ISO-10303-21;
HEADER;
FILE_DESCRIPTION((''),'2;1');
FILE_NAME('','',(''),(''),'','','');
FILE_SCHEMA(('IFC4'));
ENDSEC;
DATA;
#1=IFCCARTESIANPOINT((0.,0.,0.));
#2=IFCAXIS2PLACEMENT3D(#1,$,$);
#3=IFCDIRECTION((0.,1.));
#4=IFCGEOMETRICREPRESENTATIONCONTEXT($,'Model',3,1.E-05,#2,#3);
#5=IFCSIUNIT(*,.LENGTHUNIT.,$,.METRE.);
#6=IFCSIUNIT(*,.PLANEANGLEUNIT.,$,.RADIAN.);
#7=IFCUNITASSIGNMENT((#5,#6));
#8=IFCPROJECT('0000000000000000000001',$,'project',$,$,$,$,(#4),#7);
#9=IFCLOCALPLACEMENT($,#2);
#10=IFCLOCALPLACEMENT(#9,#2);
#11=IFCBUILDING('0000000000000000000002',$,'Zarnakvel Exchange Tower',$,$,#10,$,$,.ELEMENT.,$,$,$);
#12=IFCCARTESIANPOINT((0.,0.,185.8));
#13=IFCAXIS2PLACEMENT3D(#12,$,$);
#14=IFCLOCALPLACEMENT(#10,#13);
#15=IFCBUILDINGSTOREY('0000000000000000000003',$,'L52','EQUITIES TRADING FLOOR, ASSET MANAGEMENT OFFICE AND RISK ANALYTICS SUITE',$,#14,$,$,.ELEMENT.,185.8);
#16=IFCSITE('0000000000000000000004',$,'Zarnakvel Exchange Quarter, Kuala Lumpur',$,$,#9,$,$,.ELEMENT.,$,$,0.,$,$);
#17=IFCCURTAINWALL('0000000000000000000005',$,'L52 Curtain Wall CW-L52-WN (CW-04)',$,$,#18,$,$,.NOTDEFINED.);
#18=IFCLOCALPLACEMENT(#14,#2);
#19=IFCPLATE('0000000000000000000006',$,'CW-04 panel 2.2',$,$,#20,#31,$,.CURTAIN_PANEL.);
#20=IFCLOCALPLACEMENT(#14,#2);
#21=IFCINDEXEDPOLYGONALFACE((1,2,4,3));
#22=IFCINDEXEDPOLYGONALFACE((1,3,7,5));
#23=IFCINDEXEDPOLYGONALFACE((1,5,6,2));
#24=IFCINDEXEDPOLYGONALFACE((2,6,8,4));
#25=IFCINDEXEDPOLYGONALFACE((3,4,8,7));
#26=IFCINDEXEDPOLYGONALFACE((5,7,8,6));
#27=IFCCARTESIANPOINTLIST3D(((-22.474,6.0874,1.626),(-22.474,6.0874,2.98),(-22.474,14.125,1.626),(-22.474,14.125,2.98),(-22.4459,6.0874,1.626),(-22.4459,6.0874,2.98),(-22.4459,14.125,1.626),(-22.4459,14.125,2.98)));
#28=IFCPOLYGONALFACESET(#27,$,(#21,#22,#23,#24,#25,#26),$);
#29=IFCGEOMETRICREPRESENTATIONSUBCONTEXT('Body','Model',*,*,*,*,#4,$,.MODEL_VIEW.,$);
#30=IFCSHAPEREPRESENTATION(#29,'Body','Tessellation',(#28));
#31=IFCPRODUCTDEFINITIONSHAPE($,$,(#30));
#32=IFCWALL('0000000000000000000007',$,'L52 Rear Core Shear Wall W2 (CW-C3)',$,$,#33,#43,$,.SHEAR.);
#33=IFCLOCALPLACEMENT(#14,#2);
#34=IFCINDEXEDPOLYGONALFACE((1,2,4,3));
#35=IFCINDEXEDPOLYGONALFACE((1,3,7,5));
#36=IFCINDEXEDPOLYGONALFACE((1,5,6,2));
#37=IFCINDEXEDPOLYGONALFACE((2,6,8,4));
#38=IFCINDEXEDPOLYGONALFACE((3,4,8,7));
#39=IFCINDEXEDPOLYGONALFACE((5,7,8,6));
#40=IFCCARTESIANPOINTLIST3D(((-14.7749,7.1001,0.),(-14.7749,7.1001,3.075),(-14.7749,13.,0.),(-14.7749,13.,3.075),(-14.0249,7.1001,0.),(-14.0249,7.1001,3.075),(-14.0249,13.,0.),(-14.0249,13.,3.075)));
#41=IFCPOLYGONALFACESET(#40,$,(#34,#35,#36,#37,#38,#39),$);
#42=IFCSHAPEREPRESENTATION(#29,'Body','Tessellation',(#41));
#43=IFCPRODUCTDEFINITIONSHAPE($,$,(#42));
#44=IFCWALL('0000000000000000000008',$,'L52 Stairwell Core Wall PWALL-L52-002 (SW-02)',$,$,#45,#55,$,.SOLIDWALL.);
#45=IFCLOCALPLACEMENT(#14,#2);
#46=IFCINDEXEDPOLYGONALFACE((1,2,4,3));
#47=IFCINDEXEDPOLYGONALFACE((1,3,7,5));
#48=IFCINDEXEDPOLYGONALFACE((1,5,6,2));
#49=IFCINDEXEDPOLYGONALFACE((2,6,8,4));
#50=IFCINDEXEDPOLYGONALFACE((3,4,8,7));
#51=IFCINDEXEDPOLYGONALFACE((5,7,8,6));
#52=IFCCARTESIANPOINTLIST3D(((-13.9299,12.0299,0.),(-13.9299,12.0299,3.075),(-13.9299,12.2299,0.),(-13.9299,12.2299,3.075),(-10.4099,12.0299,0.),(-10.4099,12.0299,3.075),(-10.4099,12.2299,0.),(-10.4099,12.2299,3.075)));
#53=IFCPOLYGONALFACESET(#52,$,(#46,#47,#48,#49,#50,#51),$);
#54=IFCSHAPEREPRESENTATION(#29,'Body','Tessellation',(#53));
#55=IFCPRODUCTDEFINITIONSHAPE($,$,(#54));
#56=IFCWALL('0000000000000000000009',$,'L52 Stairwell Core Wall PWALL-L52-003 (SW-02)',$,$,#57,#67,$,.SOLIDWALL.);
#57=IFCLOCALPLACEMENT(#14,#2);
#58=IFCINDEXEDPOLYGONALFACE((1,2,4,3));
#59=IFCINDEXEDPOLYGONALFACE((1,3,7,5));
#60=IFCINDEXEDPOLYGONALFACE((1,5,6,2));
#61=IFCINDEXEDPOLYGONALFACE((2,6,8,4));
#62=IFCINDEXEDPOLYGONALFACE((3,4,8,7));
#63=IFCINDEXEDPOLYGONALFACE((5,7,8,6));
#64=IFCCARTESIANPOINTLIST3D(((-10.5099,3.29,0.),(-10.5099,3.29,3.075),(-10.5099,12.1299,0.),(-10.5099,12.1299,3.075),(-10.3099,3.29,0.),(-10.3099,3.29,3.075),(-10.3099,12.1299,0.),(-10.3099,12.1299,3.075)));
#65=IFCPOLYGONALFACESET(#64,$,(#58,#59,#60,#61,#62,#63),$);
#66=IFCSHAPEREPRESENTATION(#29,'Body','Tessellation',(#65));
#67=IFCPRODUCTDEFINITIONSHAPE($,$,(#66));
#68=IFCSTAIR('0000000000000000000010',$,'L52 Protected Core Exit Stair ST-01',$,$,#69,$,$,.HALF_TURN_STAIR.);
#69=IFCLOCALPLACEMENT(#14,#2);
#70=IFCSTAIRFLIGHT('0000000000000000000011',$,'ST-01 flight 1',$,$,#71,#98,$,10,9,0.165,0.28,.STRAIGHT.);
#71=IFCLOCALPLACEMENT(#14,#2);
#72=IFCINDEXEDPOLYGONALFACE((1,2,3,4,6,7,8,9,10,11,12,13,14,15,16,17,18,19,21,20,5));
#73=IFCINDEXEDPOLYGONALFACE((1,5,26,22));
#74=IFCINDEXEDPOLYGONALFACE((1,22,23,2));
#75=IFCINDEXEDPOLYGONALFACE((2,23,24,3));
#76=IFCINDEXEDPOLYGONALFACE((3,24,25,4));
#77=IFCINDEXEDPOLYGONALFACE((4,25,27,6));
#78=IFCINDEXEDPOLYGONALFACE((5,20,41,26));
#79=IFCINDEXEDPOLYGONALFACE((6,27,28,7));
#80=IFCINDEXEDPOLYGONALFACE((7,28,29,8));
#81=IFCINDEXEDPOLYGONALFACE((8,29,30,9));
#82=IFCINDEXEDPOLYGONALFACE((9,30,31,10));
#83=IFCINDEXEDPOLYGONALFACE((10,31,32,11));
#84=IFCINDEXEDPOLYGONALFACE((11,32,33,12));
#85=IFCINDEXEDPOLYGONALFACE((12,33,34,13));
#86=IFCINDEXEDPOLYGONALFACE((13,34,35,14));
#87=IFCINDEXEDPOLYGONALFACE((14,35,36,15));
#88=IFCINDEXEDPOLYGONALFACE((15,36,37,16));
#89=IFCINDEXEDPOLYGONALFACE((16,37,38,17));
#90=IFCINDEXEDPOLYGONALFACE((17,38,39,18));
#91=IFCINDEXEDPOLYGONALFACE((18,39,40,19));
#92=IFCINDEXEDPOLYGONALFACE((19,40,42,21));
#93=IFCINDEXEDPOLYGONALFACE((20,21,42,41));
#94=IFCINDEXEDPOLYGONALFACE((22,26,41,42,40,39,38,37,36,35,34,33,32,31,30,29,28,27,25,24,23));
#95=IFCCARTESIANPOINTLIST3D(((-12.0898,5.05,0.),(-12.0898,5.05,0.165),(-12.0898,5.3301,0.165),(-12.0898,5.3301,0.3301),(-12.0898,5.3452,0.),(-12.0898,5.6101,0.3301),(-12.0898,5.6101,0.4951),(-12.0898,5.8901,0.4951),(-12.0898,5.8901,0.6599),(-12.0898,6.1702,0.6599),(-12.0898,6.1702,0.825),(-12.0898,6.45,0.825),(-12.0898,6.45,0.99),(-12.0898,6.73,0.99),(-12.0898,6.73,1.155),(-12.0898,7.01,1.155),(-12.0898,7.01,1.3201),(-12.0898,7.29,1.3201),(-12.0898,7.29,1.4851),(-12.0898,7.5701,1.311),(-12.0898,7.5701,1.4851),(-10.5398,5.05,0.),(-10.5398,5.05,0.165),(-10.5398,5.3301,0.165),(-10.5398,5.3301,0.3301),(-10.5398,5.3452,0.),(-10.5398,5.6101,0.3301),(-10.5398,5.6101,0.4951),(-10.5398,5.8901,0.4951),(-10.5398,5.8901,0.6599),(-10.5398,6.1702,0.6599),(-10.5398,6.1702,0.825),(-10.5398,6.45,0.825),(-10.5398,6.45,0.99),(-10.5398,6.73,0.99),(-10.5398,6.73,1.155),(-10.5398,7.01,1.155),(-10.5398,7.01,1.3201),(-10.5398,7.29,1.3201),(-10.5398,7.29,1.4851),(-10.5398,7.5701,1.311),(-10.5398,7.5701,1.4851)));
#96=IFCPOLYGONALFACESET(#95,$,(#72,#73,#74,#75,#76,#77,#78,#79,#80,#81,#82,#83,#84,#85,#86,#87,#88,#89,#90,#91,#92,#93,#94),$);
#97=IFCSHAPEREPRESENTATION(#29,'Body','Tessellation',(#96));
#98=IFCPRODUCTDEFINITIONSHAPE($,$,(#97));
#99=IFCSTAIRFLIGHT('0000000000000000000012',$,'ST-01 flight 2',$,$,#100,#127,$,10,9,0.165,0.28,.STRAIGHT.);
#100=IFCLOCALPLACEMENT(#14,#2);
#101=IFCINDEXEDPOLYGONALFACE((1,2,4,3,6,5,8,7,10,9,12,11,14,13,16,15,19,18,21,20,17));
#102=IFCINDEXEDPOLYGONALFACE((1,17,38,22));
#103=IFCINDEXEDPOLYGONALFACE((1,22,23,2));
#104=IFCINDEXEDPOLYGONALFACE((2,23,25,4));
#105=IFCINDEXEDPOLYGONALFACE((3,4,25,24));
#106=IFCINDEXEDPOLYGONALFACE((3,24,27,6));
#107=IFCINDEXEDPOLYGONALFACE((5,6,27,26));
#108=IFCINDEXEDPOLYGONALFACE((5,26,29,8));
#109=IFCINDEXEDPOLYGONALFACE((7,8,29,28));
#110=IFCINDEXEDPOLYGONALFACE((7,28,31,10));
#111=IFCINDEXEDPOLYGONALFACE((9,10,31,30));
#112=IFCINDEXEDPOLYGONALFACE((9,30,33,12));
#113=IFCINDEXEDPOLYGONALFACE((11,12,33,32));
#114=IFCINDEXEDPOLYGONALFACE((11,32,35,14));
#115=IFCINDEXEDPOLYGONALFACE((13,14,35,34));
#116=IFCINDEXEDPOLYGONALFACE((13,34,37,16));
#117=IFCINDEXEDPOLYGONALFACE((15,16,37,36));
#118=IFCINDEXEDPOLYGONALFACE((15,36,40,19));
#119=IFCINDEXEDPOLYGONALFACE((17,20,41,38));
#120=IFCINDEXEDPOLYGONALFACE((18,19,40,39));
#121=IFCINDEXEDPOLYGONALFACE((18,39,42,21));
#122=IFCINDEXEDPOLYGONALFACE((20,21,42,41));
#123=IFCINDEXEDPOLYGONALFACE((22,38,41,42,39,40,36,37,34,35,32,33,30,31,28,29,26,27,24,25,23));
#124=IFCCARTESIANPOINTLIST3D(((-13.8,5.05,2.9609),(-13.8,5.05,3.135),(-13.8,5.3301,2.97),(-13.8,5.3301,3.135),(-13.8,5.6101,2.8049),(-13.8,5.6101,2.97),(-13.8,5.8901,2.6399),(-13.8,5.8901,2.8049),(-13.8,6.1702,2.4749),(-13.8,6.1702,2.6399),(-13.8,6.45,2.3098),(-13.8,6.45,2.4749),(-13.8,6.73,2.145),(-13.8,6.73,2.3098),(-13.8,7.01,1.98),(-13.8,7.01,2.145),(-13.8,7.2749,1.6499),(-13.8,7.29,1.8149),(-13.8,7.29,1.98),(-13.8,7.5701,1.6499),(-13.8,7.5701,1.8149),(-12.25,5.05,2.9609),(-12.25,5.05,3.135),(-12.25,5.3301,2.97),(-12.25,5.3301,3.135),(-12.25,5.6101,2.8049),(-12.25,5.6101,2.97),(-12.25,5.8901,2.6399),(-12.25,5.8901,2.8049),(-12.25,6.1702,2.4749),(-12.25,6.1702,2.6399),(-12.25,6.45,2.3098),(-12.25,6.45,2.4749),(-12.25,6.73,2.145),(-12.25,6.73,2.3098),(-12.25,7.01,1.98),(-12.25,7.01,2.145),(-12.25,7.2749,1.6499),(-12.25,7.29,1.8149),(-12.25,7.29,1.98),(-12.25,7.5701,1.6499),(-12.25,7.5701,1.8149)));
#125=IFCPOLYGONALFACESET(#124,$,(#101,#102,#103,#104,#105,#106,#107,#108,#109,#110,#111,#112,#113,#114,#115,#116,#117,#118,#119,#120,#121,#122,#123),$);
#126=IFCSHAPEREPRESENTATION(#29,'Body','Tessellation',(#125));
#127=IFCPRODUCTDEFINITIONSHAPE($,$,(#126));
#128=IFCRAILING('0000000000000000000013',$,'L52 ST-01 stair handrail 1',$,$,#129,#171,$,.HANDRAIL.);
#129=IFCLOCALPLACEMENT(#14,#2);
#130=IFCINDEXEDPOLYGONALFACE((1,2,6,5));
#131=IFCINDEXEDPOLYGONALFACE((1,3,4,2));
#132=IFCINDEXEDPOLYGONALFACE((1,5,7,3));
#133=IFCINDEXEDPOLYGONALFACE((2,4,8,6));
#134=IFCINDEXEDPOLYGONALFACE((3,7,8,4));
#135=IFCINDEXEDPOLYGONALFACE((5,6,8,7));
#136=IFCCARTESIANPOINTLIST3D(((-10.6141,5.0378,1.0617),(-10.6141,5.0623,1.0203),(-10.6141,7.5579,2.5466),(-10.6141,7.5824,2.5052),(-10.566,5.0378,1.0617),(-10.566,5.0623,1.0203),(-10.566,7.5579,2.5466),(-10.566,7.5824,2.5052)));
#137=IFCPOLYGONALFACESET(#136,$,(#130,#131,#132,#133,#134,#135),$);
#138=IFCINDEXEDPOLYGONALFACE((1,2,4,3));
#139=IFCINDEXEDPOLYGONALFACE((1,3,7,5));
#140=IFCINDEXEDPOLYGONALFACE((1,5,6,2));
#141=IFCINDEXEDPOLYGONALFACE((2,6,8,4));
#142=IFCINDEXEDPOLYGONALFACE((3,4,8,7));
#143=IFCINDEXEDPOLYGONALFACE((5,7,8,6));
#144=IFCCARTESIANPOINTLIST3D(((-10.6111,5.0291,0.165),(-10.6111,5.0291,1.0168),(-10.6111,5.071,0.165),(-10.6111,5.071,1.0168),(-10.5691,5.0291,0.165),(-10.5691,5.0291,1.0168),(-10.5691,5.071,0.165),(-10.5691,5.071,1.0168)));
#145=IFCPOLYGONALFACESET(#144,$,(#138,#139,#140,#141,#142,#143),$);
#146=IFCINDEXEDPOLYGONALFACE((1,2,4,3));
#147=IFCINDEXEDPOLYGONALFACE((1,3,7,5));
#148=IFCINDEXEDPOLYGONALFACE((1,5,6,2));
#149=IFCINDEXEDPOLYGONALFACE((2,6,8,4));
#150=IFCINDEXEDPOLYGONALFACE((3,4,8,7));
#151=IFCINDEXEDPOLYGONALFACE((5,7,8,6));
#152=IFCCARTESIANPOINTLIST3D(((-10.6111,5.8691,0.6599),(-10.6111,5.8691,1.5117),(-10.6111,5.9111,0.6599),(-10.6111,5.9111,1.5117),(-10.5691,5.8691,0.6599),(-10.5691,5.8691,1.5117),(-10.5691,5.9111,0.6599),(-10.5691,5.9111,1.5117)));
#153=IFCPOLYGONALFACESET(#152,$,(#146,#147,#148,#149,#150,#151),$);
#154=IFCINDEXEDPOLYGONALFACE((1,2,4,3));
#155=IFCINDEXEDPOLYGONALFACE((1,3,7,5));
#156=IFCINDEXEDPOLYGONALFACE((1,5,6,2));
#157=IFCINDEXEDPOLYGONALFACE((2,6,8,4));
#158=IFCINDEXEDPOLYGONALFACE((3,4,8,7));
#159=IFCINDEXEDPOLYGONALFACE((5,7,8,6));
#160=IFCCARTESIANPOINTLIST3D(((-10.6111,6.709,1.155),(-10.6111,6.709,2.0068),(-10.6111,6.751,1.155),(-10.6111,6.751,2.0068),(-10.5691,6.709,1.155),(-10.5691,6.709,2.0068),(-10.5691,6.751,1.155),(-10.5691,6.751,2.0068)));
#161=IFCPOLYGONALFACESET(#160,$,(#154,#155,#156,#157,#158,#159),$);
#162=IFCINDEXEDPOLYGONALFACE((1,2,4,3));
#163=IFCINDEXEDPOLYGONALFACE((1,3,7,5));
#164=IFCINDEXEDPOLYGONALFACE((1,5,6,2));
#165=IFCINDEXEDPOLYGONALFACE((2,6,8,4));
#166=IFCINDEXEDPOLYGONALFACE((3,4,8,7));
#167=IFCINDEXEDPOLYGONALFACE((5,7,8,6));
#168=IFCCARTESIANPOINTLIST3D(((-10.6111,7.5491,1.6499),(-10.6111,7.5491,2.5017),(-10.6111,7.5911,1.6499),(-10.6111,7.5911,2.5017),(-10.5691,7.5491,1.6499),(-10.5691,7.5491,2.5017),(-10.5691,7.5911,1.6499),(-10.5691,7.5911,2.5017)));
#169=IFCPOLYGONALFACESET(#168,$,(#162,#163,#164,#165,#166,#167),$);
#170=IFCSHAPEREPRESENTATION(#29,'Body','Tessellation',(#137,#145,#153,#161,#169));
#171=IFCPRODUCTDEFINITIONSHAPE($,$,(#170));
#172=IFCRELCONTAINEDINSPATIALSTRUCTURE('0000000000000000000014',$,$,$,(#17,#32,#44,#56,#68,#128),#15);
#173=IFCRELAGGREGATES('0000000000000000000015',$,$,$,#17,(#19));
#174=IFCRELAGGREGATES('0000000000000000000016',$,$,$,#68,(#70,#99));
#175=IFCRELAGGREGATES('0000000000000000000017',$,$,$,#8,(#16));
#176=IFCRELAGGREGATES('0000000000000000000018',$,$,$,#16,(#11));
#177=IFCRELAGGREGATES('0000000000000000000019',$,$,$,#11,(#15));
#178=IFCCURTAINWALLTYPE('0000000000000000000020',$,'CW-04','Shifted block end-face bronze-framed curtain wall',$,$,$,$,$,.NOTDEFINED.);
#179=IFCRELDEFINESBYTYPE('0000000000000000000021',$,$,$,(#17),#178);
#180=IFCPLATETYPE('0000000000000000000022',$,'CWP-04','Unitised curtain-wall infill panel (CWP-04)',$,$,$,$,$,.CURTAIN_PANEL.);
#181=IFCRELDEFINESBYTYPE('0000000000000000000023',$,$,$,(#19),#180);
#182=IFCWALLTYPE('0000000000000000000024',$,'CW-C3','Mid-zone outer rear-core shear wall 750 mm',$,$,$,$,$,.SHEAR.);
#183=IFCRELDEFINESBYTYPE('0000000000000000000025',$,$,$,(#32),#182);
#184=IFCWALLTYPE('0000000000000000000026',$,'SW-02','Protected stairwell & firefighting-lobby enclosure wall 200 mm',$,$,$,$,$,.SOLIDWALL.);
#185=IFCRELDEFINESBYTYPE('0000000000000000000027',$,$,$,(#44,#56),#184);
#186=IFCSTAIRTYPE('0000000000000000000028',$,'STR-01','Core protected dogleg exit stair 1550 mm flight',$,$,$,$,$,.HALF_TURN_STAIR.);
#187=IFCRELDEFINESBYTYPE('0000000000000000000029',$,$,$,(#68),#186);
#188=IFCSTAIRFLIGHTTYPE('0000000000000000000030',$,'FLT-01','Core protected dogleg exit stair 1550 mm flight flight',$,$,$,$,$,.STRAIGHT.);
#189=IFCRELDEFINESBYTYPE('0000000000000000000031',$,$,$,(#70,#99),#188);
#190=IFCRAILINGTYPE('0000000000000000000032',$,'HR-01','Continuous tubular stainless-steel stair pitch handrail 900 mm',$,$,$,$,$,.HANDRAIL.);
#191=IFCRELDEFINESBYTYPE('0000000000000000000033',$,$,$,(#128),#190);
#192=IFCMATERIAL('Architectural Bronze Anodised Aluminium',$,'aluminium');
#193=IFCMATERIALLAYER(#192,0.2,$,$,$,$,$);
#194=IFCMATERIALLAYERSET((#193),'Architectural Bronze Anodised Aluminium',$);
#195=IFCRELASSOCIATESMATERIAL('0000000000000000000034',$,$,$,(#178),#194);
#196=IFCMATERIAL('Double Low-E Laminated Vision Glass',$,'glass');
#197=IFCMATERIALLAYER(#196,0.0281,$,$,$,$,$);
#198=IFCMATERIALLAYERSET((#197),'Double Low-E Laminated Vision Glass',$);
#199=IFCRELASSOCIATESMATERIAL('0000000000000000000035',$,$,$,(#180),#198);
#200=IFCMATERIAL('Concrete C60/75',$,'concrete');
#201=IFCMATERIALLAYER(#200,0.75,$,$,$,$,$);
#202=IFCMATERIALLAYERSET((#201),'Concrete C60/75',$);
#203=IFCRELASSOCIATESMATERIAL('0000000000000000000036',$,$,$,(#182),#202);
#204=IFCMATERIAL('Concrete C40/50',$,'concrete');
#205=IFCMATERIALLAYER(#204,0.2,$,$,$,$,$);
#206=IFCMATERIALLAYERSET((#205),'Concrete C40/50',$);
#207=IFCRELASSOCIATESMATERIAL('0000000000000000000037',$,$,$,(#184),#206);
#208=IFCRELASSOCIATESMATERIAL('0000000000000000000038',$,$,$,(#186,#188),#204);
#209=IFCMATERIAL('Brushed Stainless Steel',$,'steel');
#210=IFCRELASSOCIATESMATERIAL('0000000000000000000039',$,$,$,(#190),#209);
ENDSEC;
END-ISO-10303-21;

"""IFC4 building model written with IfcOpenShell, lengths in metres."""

from ifc_helpers import new_model, si_unit, direction, frame, frame_2d, origin, origin_2d, place, context, subcontext, project, spatial, polyline, rectangle, outline, extrude, source, transform, mapped, material, layer, layer_set, type_object, element, aggregate, save


model = new_model("IFC4")

# Units and contexts
model_context = context("Model", 3, precision=1e-05, world=origin(), true_north=direction((0.0, 1.0)))
body_context = subcontext(model_context, "Body", "Model", "MODEL_VIEW")
ifc_project = project(units=[si_unit("LENGTHUNIT", "METRE"), si_unit("PLANEANGLEUNIT", "RADIAN")], contexts=[model_context])

# Site, building, storey
site_placement = place(None, origin())
site = spatial("IfcSite", under=ifc_project, at=site_placement, Name="Zarnakvel Exchange Quarter, Kuala Lumpur", CompositionType="ELEMENT", RefElevation=0.0)
building_placement = place(site_placement, origin())
building = spatial("IfcBuilding", under=site, at=building_placement, Name="Zarnakvel Exchange Tower", CompositionType="ELEMENT")
storey_placement = place(building_placement, frame((0.0, 0.0, 185.8)))
storey = spatial("IfcBuildingStorey", under=building, at=storey_placement, Name="L52", Description="EQUITIES TRADING FLOOR, ASSET MANAGEMENT OFFICE AND RISK ANALYTICS SUITE", CompositionType="ELEMENT", Elevation=185.8)

# Shared definitions
ifc_material_1 = material(Name="Concrete C60/75", Category="concrete")

# Curtain wall, plate
ifc_material_2 = material(Name="Architectural Bronze Anodised Aluminium", Category="aluminium")
ifc_layer_1 = layer(ifc_material_2, 0.2)
ifc_layer_set_1 = layer_set([ifc_layer_1], Name="Architectural Bronze Anodised Aluminium")
curtain_wall_type = type_object("IfcCurtainWallType", Name="CW-04", Description="Shifted block end-face bronze-framed curtain wall", PredefinedType="NOTDEFINED", material=ifc_layer_set_1)
curtain_wall_placement = place(storey_placement, origin())
curtain_wall = element("IfcCurtainWall", 1, at=curtain_wall_placement, inside=storey, type_object=curtain_wall_type, Name="L52 Curtain Wall CW-L52-WN (CW-04)", PredefinedType="NOTDEFINED")
ifc_material_3 = material(Name="Double Low-E Laminated Vision Glass", Category="glass")
ifc_layer_2 = layer(ifc_material_3, 0.0281)
ifc_layer_set_2 = layer_set([ifc_layer_2], Name="Double Low-E Laminated Vision Glass")
plate_type = type_object("IfcPlateType", Name="CWP-04", Description="Unitised curtain-wall infill panel (CWP-04)", PredefinedType="CURTAIN_PANEL", material=ifc_layer_set_2)
shared_shape_1 = source(origin(), body_context, "Body", "SweptSolid", [
    extrude(rectangle(XDim=8.0376, YDim=0.0281, at=origin_2d()), origin(), (0.0, 0.0, 1.0), 1.354),
])
plate_1_placement = place(storey_placement, frame((-22.46, 10.1062, 1.626), z_axis=(0.0, 0.0, 1.0), x_axis=(0.0, 1.0, 0.0)))
plate_1 = element("IfcPlate", 2, at=plate_1_placement, type_object=plate_type, Name="CW-04 panel 2.2", PredefinedType="CURTAIN_PANEL", context=body_context, shape_type="MappedRepresentation", body=[
    mapped(shared_shape_1, transform((0.0, 0.0, 0.0), x_axis=(1.0, 0.0, 0.0), y_axis=(0.0, 1.0, 0.0), z_axis=(0.0, 0.0, 1.0), scale=1.0)),
])
aggregate(curtain_wall, [plate_1])

# Wall
ifc_layer_3 = layer(ifc_material_1, 0.75)
ifc_layer_set_3 = layer_set([ifc_layer_3], Name="Concrete C60/75")
wall_type_1 = type_object("IfcWallType", Name="CW-C3", Description="Mid-zone outer rear-core shear wall 750 mm", PredefinedType="SHEAR", material=ifc_layer_set_3)
wall_1_placement = place(storey_placement, frame((-14.3999, 7.1001, 0.0), z_axis=(0.0, 0.0, 1.0), x_axis=(0.0, 1.0, 0.0)))
element("IfcWall", 3, at=wall_1_placement, inside=storey, type_object=wall_type_1, Name="L52 Rear Core Shear Wall W2 (CW-C3)", PredefinedType="SHEAR", context=body_context, shape_type="SweptSolid", body=[
    extrude(rectangle(XDim=5.8999, YDim=0.75, at=frame_2d((2.95, 0.0))), origin(), (0.0, 0.0, 1.0), 3.075),
])

# Shared definitions
ifc_material_4 = material(Name="Concrete C40/50", Category="concrete")
ifc_layer_4 = layer(ifc_material_4, 0.2)
ifc_layer_set_4 = layer_set([ifc_layer_4], Name="Concrete C40/50")
wall_type_2 = type_object("IfcWallType", Name="SW-02", Description="Protected stairwell & firefighting-lobby enclosure wall 200 mm", PredefinedType="SOLIDWALL", material=ifc_layer_set_4)

# Walls
wall_2_placement = place(storey_placement, frame((-13.9299, 12.1299, 0.0), z_axis=(0.0, 0.0, 1.0), x_axis=(1.0, 0.0, 0.0)))
element("IfcWall", 4, at=wall_2_placement, inside=storey, type_object=wall_type_2, Name="L52 Stairwell Core Wall PWALL-L52-002 (SW-02)", PredefinedType="SOLIDWALL", context=body_context, shape_type="SweptSolid", body=[
    extrude(rectangle(XDim=3.52, YDim=0.2, at=frame_2d((1.76, 0.0))), origin(), (0.0, 0.0, 1.0), 3.075),
])
wall_3_placement = place(storey_placement, frame((-10.4099, 12.1299, 0.0), z_axis=(0.0, 0.0, 1.0), x_axis=(0.0, -1.0, 0.0)))
element("IfcWall", 5, at=wall_3_placement, inside=storey, type_object=wall_type_2, Name="L52 Stairwell Core Wall PWALL-L52-003 (SW-02)", PredefinedType="SOLIDWALL", context=body_context, shape_type="SweptSolid", body=[
    extrude(rectangle(XDim=8.8398, YDim=0.2, at=frame_2d((4.4199, 0.0))), origin(), (0.0, 0.0, 1.0), 3.075),
])

# Stair, stair flights
stair_type = type_object("IfcStairType", Name="STR-01", Description="Core protected dogleg exit stair 1550 mm flight", PredefinedType="HALF_TURN_STAIR", material=ifc_material_4)
stair_placement = place(storey_placement, origin())
stair = element("IfcStair", 6, at=stair_placement, inside=storey, type_object=stair_type, Name="L52 Protected Core Exit Stair ST-01", PredefinedType="HALF_TURN_STAIR")
stair_flight_type = type_object("IfcStairFlightType", Name="FLT-01", Description="Core protected dogleg exit stair 1550 mm flight flight", PredefinedType="STRAIGHT", material=ifc_material_4)
stair_flight_1_placement = place(storey_placement, frame((-11.3149, 5.05, 0.0), z_axis=(0.0, 0.0, 1.0), x_axis=(0.0, 1.0, 0.0)))
stair_flight_1 = element("IfcStairFlight", 7, at=stair_flight_1_placement, type_object=stair_flight_type, Name="ST-01 flight 1", NumberOfRisers=10, NumberOfTreads=9, PredefinedType="STRAIGHT", RiserHeight=0.165, TreadLength=0.28, context=body_context, shape_type="SweptSolid", body=[
    extrude(outline(polyline([(0.0, 0.0), (0.0, 0.165), (0.28, 0.165), (0.28, 0.3301), (0.5601, 0.3301), (0.5601, 0.4951), (0.8401, 0.4951), (0.8401, 0.6599), (1.1201, 0.6599), (1.1201, 0.825), (1.3999, 0.825), (1.3999, 0.99), (1.6799, 0.99), (1.6799, 1.155), (1.96, 1.155), (1.96, 1.3201), (2.24, 1.3201), (2.24, 1.4851), (2.52, 1.4851), (2.52, 1.6499), (2.52, 1.311), (0.2952, 0.0), (0.0, 0.0)])), frame((0.0, 0.7749, 0.0), z_axis=(0.0, -1.0, 0.0), x_axis=(1.0, 0.0, 0.0)), (0.0, 0.0, 1.0), 1.55),
])
stair_flight_2_placement = place(storey_placement, frame((-13.0249, 7.5701, 1.6499), z_axis=(0.0, 0.0, 1.0), x_axis=(0.0, -1.0, 0.0)))
stair_flight_2 = element("IfcStairFlight", 8, at=stair_flight_2_placement, type_object=stair_flight_type, Name="ST-01 flight 2", NumberOfRisers=10, NumberOfTreads=9, PredefinedType="STRAIGHT", RiserHeight=0.165, TreadLength=0.28, context=body_context, shape_type="SweptSolid", body=[
    extrude(outline(polyline([(0.0, 0.0), (0.0, 0.165), (0.28, 0.165), (0.28, 0.3301), (0.5601, 0.3301), (0.5601, 0.4951), (0.8401, 0.4951), (0.8401, 0.6599), (1.1201, 0.6599), (1.1201, 0.825), (1.3999, 0.825), (1.3999, 0.99), (1.6799, 0.99), (1.6799, 1.155), (1.96, 1.155), (1.96, 1.3201), (2.24, 1.3201), (2.24, 1.4851), (2.52, 1.4851), (2.52, 1.6499), (2.52, 1.311), (0.2952, 0.0), (0.0, 0.0)])), frame((0.0, 0.7749, 0.0), z_axis=(0.0, -1.0, 0.0), x_axis=(1.0, 0.0, 0.0)), (0.0, 0.0, 1.0), 1.55),
])
aggregate(stair, [stair_flight_1, stair_flight_2])

# Railing
ifc_material_5 = material(Name="Brushed Stainless Steel", Category="steel")
railing_type_1 = type_object("IfcRailingType", Name="HR-01", Description="Continuous tubular stainless-steel stair pitch handrail 900 mm", PredefinedType="HANDRAIL", material=ifc_material_5)
railing_1_placement = place(storey_placement, frame((-10.5901, 5.05, 0.165)))
element("IfcRailing", 9, at=railing_1_placement, inside=storey, type_object=railing_type_1, Name="L52 ST-01 stair handrail 1", PredefinedType="HANDRAIL", context=body_context, shape_type="SweptSolid", body=[
    extrude(rectangle(XDim=0.0481, YDim=0.0481, at=origin_2d()), frame((0.0, 0.0, 0.876), z_axis=(0.0, 0.861561, 0.507655), x_axis=(-1.0, 0.0, 0.0)), (0.0, 0.0, 1.0), 2.925),
    extrude(rectangle(XDim=0.042, YDim=0.042, at=origin_2d()), origin(), (0.0, 0.0, 1.0), 0.8518),
    extrude(rectangle(XDim=0.042, YDim=0.042, at=origin_2d()), frame((0.0, 0.8401, 0.4949)), (0.0, 0.0, 1.0), 0.8518),
    extrude(rectangle(XDim=0.042, YDim=0.042, at=origin_2d()), frame((0.0, 1.6799, 0.99)), (0.0, 0.0, 1.0), 0.8518),
    extrude(rectangle(XDim=0.042, YDim=0.042, at=origin_2d()), frame((0.0, 2.52, 1.4849)), (0.0, 0.0, 1.0), 0.8518),
])

save(model, "model.ifc")
